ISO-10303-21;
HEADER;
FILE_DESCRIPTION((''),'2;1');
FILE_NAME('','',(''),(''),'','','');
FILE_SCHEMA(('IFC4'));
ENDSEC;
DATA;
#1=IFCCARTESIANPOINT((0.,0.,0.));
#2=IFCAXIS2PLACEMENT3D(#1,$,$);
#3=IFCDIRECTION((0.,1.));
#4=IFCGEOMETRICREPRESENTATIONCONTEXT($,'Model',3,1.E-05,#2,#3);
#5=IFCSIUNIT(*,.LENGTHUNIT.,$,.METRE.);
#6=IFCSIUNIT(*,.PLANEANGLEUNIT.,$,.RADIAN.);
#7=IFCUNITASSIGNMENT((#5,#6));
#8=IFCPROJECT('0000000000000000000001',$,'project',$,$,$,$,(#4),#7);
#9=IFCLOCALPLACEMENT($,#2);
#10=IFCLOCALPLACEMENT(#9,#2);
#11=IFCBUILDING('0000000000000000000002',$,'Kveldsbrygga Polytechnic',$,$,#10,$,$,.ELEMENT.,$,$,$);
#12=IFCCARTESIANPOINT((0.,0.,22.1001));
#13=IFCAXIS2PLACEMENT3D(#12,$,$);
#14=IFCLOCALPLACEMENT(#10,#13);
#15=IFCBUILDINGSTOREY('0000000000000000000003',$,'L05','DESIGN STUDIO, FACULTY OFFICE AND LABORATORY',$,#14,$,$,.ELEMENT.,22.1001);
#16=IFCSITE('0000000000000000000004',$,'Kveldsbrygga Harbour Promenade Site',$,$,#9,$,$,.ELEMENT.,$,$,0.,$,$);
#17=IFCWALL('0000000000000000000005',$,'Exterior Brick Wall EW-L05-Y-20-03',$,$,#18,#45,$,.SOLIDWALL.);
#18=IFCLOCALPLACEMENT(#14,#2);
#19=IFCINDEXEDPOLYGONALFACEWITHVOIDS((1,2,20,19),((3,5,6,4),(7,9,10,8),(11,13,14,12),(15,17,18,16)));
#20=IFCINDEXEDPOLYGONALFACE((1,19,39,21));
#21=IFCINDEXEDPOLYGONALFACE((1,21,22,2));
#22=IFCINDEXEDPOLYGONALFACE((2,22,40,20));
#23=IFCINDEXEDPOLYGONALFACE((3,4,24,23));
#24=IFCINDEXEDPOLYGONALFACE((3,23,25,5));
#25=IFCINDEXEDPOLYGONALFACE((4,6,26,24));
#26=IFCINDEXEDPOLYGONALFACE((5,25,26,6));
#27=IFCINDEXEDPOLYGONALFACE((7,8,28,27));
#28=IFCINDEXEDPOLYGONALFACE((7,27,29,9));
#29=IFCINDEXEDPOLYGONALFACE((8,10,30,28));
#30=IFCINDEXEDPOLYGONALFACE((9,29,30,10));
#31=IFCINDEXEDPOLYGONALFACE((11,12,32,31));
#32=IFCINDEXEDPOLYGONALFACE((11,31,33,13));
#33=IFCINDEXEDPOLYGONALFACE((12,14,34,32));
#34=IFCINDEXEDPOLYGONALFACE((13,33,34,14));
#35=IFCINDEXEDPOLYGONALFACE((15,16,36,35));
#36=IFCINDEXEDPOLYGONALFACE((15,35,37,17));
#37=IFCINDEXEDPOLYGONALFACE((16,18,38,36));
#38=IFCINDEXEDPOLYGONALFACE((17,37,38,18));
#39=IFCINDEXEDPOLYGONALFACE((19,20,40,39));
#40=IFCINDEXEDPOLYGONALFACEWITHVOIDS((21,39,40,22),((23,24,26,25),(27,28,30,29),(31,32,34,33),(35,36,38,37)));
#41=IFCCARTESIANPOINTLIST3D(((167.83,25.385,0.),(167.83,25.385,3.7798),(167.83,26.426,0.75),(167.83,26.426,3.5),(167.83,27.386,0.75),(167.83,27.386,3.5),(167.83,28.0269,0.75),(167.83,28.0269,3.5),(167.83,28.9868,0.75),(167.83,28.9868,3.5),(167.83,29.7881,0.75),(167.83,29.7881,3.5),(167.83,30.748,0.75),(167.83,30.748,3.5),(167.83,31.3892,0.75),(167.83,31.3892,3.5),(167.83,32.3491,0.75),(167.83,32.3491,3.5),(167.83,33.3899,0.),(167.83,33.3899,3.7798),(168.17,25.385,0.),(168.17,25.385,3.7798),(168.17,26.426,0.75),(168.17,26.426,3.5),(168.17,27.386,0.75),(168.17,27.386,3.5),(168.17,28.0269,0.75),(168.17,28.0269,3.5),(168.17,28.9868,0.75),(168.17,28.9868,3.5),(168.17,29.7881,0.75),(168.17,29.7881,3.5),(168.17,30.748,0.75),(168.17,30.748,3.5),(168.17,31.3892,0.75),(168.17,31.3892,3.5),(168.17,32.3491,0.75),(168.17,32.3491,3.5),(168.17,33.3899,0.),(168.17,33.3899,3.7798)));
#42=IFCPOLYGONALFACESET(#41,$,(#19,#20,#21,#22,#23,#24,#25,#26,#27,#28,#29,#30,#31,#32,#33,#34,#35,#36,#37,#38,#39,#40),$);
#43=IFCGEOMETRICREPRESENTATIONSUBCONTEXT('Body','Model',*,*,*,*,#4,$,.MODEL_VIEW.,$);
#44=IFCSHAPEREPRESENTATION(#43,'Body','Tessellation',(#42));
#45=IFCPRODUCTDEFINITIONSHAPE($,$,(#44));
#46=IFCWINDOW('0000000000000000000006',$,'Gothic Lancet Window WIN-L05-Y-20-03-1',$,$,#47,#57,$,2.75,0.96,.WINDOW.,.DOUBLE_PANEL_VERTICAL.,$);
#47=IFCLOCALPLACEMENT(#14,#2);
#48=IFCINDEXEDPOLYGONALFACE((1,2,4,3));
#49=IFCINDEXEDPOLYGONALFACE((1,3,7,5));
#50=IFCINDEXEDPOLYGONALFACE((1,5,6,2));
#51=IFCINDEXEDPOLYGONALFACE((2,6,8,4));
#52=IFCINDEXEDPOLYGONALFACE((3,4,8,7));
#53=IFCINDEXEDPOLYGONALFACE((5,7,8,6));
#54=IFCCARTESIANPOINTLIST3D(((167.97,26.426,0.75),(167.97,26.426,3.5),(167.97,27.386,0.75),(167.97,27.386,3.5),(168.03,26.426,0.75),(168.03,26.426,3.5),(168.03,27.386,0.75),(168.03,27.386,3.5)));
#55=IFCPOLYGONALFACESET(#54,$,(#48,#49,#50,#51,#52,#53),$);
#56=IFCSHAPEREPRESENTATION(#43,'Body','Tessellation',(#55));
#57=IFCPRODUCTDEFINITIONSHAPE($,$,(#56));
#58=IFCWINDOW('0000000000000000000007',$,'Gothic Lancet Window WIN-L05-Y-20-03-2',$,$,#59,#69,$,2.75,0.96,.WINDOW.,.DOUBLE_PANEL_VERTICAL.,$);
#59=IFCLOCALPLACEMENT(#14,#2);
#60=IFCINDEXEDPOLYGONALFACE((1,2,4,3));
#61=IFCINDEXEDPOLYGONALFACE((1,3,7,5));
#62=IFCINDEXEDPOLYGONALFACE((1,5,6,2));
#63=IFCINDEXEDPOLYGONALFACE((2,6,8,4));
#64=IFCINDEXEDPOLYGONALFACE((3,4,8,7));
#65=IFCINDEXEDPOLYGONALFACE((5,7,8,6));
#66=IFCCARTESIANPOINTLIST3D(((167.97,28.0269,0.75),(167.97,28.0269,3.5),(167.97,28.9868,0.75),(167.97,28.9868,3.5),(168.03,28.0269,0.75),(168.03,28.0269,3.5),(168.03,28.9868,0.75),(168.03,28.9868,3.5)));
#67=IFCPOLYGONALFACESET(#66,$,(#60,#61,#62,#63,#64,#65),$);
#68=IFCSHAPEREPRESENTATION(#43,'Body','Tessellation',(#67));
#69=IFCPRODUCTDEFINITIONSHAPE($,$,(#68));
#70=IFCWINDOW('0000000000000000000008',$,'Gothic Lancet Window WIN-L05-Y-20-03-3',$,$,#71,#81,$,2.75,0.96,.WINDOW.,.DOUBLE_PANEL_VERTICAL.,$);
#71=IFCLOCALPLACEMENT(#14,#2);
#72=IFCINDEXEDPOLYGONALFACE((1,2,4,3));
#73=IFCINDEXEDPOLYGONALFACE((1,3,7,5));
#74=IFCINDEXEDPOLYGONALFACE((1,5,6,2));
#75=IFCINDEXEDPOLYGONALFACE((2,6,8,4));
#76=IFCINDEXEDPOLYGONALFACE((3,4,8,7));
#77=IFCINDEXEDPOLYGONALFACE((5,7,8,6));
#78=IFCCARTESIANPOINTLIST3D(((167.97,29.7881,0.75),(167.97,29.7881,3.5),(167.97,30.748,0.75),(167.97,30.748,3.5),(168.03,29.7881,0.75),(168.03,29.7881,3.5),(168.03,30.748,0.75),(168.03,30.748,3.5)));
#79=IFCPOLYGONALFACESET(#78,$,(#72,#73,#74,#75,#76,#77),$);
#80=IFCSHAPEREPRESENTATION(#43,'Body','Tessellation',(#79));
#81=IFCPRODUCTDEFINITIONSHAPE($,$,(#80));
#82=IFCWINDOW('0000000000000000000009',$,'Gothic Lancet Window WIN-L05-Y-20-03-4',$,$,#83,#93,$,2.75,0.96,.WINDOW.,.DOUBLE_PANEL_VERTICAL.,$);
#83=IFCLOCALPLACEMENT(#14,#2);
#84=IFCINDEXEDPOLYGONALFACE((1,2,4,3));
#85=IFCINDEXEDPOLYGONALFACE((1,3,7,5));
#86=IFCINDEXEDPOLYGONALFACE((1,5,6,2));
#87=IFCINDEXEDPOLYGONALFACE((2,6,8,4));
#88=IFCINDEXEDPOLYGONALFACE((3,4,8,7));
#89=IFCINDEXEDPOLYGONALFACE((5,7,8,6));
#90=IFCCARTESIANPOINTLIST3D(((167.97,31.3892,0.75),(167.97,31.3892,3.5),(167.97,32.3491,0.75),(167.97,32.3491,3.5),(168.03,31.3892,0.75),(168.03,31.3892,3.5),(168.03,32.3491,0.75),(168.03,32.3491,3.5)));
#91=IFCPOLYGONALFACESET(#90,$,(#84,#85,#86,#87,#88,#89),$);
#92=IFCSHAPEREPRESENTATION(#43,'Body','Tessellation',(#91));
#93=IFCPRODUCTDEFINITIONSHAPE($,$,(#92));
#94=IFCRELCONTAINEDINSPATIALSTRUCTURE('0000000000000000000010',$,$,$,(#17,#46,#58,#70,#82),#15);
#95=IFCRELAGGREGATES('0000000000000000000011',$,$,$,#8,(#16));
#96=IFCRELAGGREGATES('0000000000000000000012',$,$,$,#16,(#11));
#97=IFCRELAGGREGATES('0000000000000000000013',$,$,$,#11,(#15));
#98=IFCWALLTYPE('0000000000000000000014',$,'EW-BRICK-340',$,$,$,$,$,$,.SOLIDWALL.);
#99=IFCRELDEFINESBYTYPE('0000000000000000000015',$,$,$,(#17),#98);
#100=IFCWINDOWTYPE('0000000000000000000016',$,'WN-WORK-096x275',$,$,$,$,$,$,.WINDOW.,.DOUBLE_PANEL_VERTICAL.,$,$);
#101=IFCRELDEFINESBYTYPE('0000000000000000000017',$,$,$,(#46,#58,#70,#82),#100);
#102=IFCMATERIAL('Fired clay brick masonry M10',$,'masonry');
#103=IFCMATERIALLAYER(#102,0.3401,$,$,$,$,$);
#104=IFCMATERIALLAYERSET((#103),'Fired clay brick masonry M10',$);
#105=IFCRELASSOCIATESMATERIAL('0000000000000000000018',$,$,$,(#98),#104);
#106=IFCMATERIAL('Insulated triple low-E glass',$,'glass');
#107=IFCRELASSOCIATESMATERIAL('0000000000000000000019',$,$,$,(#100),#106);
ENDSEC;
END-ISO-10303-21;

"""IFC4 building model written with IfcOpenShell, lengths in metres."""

from ifc_helpers import new_model, si_unit, direction, frame, frame_2d, origin, place, context, subcontext, project, spatial, rectangle, extrude, material, layer, layer_set, type_object, element, fill, save


model = new_model("IFC4")

# Units and contexts
model_context = context("Model", 3, precision=1e-05, world=origin(), true_north=direction((0.0, 1.0)))
body_context = subcontext(model_context, "Body", "Model", "MODEL_VIEW")
ifc_project = project(units=[si_unit("LENGTHUNIT", "METRE"), si_unit("PLANEANGLEUNIT", "RADIAN")], contexts=[model_context])

# Site, building, storey
site_placement = place(None, origin())
site = spatial("IfcSite", under=ifc_project, at=site_placement, Name="Kveldsbrygga Harbour Promenade Site", CompositionType="ELEMENT", RefElevation=0.0)
building_placement = place(site_placement, origin())
building = spatial("IfcBuilding", under=site, at=building_placement, Name="Kveldsbrygga Polytechnic", CompositionType="ELEMENT")
storey_placement = place(building_placement, frame((0.0, 0.0, 22.1001)))
storey = spatial("IfcBuildingStorey", under=building, at=storey_placement, Name="L05", Description="DESIGN STUDIO, FACULTY OFFICE AND LABORATORY", CompositionType="ELEMENT", Elevation=22.1001)

# Shared definitions
ifc_material_1 = material(Name="Insulated triple low-E glass", Category="glass")

# Wall, openings, windows
ifc_material_2 = material(Name="Fired clay brick masonry M10", Category="masonry")
ifc_layer_1 = layer(ifc_material_2, 0.3401)
ifc_layer_set_1 = layer_set([ifc_layer_1], Name="Fired clay brick masonry M10")
wall_type = type_object("IfcWallType", Name="EW-BRICK-340", PredefinedType="SOLIDWALL", material=ifc_layer_set_1)
wall_placement = place(storey_placement, frame((168.0, 25.385, 0.0), z_axis=(0.0, 0.0, 1.0), x_axis=(0.0, 1.0, 0.0)))
wall = element("IfcWall", 1, at=wall_placement, inside=storey, type_object=wall_type, Name="Exterior Brick Wall EW-L05-Y-20-03", PredefinedType="SOLIDWALL", context=body_context, shape_type="SweptSolid", body=[
    extrude(rectangle(XDim=8.0049, YDim=0.3401, at=frame_2d((4.0024, 0.0))), origin(), (0.0, 0.0, 1.0), 3.7798),
])
opening_1_placement = place(wall_placement, frame((1.041, 0.0, 0.75)))
opening_1 = element("IfcOpeningElement", 2, at=opening_1_placement, cuts=wall, PredefinedType="OPENING", context=body_context, shape_type="SweptSolid", body=[
    extrude(rectangle(XDim=0.96, YDim=2.75, at=frame_2d((0.48, 1.375))), frame((0.0, 0.1802, 0.0), z_axis=(0.0, -1.0, 0.0), x_axis=(1.0, 0.0, 0.0)), (0.0, 0.0, 1.0), 0.3601),
])
opening_2_placement = place(wall_placement, frame((2.6418, 0.0, 0.75)))
opening_2 = element("IfcOpeningElement", 3, at=opening_2_placement, cuts=wall, PredefinedType="OPENING", context=body_context, shape_type="SweptSolid", body=[
    extrude(rectangle(XDim=0.96, YDim=2.75, at=frame_2d((0.48, 1.375))), frame((0.0, 0.1802, 0.0), z_axis=(0.0, -1.0, 0.0), x_axis=(1.0, 0.0, 0.0)), (0.0, 0.0, 1.0), 0.3601),
])
opening_3_placement = place(wall_placement, frame((4.4031, 0.0, 0.75)))
opening_3 = element("IfcOpeningElement", 4, at=opening_3_placement, cuts=wall, PredefinedType="OPENING", context=body_context, shape_type="SweptSolid", body=[
    extrude(rectangle(XDim=0.96, YDim=2.75, at=frame_2d((0.48, 1.375))), frame((0.0, 0.1802, 0.0), z_axis=(0.0, -1.0, 0.0), x_axis=(1.0, 0.0, 0.0)), (0.0, 0.0, 1.0), 0.3601),
])
opening_4_placement = place(wall_placement, frame((6.0042, 0.0, 0.75)))
opening_4 = element("IfcOpeningElement", 5, at=opening_4_placement, cuts=wall, PredefinedType="OPENING", context=body_context, shape_type="SweptSolid", body=[
    extrude(rectangle(XDim=0.96, YDim=2.75, at=frame_2d((0.48, 1.375))), frame((0.0, 0.1802, 0.0), z_axis=(0.0, -1.0, 0.0), x_axis=(1.0, 0.0, 0.0)), (0.0, 0.0, 1.0), 0.3601),
])
window_type = type_object("IfcWindowType", Name="WN-WORK-096x275", PartitioningType="DOUBLE_PANEL_VERTICAL", PredefinedType="WINDOW", material=ifc_material_1)
window_1_placement = place(opening_1_placement, origin())
window_1 = element("IfcWindow", 6, at=window_1_placement, inside=storey, type_object=window_type, Name="Gothic Lancet Window WIN-L05-Y-20-03-1", OverallHeight=2.75, OverallWidth=0.96, PartitioningType="DOUBLE_PANEL_VERTICAL", PredefinedType="WINDOW", context=body_context, shape_type="SweptSolid", body=[
    extrude(rectangle(XDim=0.96, YDim=2.75, at=frame_2d((0.48, 1.375))), frame((0.0, 0.03, 0.0), z_axis=(0.0, -1.0, 0.0), x_axis=(1.0, 0.0, 0.0)), (0.0, 0.0, 1.0), 0.0601),
])
fill(opening_1, window_1)
window_2_placement = place(opening_2_placement, origin())
window_2 = element("IfcWindow", 7, at=window_2_placement, inside=storey, type_object=window_type, Name="Gothic Lancet Window WIN-L05-Y-20-03-2", OverallHeight=2.75, OverallWidth=0.96, PartitioningType="DOUBLE_PANEL_VERTICAL", PredefinedType="WINDOW", context=body_context, shape_type="SweptSolid", body=[
    extrude(rectangle(XDim=0.96, YDim=2.75, at=frame_2d((0.48, 1.375))), frame((0.0, 0.03, 0.0), z_axis=(0.0, -1.0, 0.0), x_axis=(1.0, 0.0, 0.0)), (0.0, 0.0, 1.0), 0.0601),
])
fill(opening_2, window_2)
window_3_placement = place(opening_3_placement, origin())
window_3 = element("IfcWindow", 8, at=window_3_placement, inside=storey, type_object=window_type, Name="Gothic Lancet Window WIN-L05-Y-20-03-3", OverallHeight=2.75, OverallWidth=0.96, PartitioningType="DOUBLE_PANEL_VERTICAL", PredefinedType="WINDOW", context=body_context, shape_type="SweptSolid", body=[
    extrude(rectangle(XDim=0.96, YDim=2.75, at=frame_2d((0.48, 1.375))), frame((0.0, 0.03, 0.0), z_axis=(0.0, -1.0, 0.0), x_axis=(1.0, 0.0, 0.0)), (0.0, 0.0, 1.0), 0.0601),
])
fill(opening_3, window_3)
window_4_placement = place(opening_4_placement, origin())
window_4 = element("IfcWindow", 9, at=window_4_placement, inside=storey, type_object=window_type, Name="Gothic Lancet Window WIN-L05-Y-20-03-4", OverallHeight=2.75, OverallWidth=0.96, PartitioningType="DOUBLE_PANEL_VERTICAL", PredefinedType="WINDOW", context=body_context, shape_type="SweptSolid", body=[
    extrude(rectangle(XDim=0.96, YDim=2.75, at=frame_2d((0.48, 1.375))), frame((0.0, 0.03, 0.0), z_axis=(0.0, -1.0, 0.0), x_axis=(1.0, 0.0, 0.0)), (0.0, 0.0, 1.0), 0.0601),
])
fill(opening_4, window_4)

save(model, "model.ifc")
